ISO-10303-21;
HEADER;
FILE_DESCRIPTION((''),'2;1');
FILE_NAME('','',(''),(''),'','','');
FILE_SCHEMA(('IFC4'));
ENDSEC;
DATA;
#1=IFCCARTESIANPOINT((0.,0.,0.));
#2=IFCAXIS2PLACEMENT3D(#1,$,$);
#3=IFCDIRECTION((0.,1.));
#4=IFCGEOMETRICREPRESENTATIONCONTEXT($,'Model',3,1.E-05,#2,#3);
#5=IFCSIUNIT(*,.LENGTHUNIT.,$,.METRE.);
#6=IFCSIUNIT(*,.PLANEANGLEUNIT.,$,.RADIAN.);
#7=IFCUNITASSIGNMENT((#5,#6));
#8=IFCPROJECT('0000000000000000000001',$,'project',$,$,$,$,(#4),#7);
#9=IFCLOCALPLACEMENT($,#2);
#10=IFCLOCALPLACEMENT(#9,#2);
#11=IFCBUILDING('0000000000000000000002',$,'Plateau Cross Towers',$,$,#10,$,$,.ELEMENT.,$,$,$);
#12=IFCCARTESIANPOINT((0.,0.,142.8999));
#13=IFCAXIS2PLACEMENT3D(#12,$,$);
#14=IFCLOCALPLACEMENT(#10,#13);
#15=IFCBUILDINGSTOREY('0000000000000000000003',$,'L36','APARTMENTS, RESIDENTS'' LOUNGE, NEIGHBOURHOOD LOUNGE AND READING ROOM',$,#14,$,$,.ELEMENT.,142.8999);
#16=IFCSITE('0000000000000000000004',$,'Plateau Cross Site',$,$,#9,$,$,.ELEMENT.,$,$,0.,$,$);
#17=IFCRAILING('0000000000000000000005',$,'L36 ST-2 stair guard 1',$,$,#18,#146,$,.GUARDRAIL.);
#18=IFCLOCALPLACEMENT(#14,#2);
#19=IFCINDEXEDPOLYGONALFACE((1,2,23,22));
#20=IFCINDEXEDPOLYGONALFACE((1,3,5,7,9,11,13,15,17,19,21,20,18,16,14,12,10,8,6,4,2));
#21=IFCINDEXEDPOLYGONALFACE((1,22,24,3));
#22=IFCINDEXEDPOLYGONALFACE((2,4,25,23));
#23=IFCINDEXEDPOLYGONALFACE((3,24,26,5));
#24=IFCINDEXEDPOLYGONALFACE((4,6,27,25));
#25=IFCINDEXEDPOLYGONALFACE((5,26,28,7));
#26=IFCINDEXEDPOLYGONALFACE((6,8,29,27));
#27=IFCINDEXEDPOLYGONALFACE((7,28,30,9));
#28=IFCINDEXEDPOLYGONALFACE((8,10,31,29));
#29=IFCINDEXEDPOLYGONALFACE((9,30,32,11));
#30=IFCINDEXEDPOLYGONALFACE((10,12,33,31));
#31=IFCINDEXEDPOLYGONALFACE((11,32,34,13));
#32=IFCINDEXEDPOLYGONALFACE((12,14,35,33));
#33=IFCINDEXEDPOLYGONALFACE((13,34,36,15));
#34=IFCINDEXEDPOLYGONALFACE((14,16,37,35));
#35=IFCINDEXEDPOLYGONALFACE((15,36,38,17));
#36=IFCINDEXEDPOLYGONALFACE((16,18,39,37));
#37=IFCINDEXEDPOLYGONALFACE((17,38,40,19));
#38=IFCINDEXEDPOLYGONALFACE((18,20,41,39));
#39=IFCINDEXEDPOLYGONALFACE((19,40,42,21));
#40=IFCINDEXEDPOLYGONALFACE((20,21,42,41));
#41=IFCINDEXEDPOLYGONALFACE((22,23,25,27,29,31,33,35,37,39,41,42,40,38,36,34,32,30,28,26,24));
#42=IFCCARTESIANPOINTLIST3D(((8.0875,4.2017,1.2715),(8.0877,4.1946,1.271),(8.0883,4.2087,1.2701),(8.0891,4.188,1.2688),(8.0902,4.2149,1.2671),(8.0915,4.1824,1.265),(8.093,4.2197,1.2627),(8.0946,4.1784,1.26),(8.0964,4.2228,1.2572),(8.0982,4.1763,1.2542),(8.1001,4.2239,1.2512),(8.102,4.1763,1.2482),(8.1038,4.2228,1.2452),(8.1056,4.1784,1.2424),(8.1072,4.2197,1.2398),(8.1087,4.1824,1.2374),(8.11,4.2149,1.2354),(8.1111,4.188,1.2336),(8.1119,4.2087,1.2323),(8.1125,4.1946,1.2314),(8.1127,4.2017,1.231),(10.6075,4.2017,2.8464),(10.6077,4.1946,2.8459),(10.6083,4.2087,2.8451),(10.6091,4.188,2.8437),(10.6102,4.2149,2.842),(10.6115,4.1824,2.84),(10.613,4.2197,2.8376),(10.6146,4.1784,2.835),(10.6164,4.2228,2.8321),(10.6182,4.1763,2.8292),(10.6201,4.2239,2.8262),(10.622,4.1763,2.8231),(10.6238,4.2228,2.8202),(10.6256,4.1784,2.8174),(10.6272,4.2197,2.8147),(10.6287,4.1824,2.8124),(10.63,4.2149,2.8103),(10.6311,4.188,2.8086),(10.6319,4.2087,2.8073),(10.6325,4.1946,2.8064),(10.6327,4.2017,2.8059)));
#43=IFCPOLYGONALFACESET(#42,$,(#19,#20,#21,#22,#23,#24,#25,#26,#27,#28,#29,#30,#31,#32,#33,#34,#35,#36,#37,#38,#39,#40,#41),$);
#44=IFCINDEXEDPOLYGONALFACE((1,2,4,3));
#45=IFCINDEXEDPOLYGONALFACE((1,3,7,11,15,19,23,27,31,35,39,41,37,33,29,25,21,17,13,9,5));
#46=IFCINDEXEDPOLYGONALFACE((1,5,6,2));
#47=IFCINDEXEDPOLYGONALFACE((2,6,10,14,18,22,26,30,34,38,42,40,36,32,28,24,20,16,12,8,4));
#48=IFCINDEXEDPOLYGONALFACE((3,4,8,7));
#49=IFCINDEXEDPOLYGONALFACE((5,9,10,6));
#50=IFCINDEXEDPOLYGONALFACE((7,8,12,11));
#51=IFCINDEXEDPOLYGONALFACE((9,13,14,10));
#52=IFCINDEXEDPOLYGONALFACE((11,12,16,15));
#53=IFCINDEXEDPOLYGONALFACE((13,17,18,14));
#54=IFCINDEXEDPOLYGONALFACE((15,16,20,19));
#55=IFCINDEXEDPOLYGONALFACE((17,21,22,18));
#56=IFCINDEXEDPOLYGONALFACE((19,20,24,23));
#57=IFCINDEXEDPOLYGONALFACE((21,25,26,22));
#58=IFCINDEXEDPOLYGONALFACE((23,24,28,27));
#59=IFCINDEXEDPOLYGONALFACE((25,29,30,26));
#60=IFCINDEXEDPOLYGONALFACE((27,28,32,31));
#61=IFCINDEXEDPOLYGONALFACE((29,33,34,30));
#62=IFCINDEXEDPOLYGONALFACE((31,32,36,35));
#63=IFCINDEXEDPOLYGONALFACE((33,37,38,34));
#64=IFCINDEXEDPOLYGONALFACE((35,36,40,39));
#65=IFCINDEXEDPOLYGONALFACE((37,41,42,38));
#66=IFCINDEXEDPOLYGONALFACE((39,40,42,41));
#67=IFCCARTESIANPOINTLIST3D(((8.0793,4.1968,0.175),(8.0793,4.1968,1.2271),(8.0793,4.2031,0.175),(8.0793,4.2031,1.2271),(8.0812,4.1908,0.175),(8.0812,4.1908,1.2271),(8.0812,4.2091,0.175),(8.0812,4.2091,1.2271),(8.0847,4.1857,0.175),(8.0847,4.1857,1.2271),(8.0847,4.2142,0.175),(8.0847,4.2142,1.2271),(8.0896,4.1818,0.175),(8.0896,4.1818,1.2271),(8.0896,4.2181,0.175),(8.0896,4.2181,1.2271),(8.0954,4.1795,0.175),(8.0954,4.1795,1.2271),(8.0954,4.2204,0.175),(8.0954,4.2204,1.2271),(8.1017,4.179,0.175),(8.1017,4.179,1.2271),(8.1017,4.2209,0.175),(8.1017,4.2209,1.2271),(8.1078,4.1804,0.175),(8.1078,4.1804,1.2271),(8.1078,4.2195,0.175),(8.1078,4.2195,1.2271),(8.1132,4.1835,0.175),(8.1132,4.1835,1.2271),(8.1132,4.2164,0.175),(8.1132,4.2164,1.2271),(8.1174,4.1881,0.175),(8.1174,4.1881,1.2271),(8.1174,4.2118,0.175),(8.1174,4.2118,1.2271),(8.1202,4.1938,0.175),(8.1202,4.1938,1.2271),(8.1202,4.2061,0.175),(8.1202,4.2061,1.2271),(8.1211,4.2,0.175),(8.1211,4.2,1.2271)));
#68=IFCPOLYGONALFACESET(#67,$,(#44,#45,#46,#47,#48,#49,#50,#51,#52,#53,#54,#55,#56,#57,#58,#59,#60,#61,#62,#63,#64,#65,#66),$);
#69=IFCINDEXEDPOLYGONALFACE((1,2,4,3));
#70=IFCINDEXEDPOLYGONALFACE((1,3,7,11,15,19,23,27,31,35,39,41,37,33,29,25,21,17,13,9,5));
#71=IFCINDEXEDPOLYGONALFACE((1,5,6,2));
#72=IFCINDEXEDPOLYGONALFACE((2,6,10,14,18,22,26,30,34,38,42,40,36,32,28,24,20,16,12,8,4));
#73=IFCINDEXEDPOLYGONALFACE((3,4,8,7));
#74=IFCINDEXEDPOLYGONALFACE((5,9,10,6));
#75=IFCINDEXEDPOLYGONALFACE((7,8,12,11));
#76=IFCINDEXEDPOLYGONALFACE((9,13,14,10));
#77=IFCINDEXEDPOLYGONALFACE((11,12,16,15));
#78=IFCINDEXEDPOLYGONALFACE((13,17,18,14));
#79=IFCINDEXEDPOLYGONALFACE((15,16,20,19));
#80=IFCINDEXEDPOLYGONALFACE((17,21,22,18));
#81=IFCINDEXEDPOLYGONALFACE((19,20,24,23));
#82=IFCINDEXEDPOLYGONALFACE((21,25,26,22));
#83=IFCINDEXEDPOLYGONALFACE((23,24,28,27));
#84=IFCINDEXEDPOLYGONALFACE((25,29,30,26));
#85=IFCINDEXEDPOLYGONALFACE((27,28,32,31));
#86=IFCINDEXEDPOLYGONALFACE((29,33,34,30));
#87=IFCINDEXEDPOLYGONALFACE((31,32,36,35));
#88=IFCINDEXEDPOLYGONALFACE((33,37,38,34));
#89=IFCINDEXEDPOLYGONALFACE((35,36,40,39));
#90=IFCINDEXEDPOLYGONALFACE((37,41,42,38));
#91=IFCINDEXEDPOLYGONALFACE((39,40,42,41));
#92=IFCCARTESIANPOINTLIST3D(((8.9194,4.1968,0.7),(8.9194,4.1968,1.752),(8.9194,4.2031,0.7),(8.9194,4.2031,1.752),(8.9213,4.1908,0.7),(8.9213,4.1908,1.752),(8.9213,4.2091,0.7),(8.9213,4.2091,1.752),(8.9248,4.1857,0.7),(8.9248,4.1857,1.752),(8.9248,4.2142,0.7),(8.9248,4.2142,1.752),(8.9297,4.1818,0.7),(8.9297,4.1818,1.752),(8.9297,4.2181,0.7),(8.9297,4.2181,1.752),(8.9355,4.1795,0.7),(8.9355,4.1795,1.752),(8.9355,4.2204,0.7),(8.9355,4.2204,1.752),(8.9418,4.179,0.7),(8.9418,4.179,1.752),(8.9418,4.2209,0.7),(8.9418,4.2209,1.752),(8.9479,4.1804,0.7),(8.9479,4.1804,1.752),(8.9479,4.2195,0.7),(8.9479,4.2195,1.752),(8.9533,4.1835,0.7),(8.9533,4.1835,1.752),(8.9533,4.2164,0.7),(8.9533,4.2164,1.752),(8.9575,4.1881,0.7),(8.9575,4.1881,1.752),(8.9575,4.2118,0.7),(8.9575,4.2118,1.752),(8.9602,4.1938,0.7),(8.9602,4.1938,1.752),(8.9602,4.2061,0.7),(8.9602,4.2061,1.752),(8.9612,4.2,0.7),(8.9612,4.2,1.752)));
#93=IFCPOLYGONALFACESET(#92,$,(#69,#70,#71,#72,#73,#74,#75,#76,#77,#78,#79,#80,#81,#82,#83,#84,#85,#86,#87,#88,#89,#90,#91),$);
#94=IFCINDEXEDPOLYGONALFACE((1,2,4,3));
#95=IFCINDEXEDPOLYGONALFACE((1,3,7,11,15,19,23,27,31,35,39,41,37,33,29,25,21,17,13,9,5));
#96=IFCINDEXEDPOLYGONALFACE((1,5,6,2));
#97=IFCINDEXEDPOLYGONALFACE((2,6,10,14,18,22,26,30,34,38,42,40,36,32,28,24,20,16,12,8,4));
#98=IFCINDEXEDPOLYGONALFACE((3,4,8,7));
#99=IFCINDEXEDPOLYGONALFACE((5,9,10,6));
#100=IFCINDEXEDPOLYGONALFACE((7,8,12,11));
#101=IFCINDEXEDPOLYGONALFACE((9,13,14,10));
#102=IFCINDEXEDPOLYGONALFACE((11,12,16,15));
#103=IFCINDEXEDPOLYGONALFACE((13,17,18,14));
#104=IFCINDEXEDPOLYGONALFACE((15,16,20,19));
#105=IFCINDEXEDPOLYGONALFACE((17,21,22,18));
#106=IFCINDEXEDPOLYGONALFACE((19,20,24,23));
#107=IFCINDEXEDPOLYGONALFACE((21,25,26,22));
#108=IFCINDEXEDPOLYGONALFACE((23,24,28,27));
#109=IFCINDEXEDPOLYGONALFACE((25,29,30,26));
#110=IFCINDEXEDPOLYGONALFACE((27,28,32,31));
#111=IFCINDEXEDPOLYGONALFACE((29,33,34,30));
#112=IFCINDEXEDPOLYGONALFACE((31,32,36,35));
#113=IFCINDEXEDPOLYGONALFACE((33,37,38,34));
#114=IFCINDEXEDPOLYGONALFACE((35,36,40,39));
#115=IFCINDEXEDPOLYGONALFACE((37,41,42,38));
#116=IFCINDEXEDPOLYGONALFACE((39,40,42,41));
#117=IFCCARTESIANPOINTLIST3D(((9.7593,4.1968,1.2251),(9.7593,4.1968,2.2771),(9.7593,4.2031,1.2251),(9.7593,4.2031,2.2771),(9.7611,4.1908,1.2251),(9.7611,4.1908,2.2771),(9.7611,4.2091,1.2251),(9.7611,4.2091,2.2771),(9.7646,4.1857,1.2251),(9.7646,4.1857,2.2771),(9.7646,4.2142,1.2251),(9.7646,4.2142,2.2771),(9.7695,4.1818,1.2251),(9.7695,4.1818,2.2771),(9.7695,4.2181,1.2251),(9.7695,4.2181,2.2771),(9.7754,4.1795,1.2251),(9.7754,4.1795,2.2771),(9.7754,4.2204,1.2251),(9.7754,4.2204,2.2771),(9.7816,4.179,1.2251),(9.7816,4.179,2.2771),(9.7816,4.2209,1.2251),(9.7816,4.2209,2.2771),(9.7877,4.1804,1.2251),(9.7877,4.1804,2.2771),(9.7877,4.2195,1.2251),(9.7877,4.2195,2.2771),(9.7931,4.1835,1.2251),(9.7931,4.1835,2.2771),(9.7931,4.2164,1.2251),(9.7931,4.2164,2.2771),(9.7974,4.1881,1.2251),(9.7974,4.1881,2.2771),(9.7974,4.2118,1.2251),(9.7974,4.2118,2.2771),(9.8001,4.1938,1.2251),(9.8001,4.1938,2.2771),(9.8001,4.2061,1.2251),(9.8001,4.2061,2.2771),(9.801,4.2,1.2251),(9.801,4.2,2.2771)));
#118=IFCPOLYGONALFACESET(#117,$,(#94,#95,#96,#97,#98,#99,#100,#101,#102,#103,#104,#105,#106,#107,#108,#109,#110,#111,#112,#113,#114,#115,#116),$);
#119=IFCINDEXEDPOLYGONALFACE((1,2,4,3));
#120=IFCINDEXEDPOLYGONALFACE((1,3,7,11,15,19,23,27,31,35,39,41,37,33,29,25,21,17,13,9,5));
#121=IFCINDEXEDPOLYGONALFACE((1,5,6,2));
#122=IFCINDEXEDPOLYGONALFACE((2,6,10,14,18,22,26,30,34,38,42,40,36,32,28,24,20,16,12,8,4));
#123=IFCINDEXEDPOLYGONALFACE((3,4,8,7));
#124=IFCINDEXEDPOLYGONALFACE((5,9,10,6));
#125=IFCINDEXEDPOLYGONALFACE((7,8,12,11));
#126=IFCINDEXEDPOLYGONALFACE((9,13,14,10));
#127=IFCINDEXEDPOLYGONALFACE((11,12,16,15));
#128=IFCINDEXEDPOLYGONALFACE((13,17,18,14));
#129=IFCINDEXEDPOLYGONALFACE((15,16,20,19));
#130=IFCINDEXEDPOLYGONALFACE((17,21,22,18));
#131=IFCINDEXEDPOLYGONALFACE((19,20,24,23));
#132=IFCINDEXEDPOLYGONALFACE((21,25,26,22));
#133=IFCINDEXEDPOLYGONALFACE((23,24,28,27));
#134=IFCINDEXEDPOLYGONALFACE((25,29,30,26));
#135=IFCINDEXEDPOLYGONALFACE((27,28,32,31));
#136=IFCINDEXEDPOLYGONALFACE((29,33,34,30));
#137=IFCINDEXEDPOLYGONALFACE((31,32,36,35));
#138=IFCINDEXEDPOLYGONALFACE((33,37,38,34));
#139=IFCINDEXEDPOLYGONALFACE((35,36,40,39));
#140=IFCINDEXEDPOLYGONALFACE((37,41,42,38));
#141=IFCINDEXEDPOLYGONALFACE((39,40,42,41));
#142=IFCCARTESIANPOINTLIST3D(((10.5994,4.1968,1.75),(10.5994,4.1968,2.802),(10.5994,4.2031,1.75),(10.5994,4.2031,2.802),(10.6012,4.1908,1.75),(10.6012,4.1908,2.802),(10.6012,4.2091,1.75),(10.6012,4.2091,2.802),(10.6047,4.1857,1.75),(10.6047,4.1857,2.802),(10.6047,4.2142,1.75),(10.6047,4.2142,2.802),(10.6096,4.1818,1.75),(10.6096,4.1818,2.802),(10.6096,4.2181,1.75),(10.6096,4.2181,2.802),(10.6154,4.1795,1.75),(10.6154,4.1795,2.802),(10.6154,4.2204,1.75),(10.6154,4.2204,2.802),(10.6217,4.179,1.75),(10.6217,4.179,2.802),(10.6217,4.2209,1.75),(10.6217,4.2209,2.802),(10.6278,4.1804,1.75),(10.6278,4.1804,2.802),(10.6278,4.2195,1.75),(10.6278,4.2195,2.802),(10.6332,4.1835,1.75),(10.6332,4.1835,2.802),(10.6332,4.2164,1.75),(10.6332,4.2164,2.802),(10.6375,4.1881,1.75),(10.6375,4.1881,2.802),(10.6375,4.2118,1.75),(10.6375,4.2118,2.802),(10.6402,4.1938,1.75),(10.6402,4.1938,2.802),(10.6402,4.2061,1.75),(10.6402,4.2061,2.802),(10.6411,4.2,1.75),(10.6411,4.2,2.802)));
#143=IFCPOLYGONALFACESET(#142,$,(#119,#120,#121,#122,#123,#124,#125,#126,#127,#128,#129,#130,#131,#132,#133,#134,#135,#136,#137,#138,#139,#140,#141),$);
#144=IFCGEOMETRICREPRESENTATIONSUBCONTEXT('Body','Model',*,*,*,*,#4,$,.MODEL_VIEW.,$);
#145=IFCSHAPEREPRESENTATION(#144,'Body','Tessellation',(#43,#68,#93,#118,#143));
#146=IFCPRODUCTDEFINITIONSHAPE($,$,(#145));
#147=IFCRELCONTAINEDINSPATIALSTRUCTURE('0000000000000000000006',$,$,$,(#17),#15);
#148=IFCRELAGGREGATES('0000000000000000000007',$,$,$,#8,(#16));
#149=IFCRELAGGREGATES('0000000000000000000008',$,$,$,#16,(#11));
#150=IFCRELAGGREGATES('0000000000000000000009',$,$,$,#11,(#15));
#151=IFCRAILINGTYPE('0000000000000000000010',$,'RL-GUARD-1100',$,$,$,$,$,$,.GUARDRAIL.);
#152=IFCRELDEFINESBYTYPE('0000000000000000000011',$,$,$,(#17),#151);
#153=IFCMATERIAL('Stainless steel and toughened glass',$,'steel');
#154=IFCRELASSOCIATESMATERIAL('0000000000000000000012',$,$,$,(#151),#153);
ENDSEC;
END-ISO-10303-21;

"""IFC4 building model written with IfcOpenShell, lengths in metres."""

from ifc_helpers import new_model, si_unit, direction, frame, origin, origin_2d, place, context, subcontext, project, spatial, circle, extrude, material, type_object, element, save


model = new_model("IFC4")

# Units and contexts
model_context = context("Model", 3, precision=1e-05, world=origin(), true_north=direction((0.0, 1.0)))
body_context = subcontext(model_context, "Body", "Model", "MODEL_VIEW")
ifc_project = project(units=[si_unit("LENGTHUNIT", "METRE"), si_unit("PLANEANGLEUNIT", "RADIAN")], contexts=[model_context])

# Site, building, storey
site_placement = place(None, origin())
site = spatial("IfcSite", under=ifc_project, at=site_placement, Name="Plateau Cross Site", CompositionType="ELEMENT", RefElevation=0.0)
building_placement = place(site_placement, origin())
building = spatial("IfcBuilding", under=site, at=building_placement, Name="Plateau Cross Towers", CompositionType="ELEMENT")
storey_placement = place(building_placement, frame((0.0, 0.0, 142.8999)))
storey = spatial("IfcBuildingStorey", under=building, at=storey_placement, Name="L36", Description="APARTMENTS, RESIDENTS' LOUNGE, NEIGHBOURHOOD LOUNGE AND READING ROOM", CompositionType="ELEMENT", Elevation=142.8999)

# Railing
ifc_material_1 = material(Name="Stainless steel and toughened glass", Category="steel")
railing_type_1 = type_object("IfcRailingType", Name="RL-GUARD-1100", PredefinedType="GUARDRAIL", material=ifc_material_1)
railing_1_placement = place(storey_placement, frame((8.1001, 4.2, 0.175)))
element("IfcRailing", 1, at=railing_1_placement, inside=storey, type_object=railing_type_1, Name="L36 ST-2 stair guard 1", PredefinedType="GUARDRAIL", context=body_context, shape_type="SweptSolid", body=[
    extrude(circle(Radius=0.0239, at=origin_2d()), frame((0.0, 0.0, 1.0762), z_axis=(0.848008, 0.0, 0.529984), x_axis=(0.0, 1.0, 0.0)), (0.0, 0.0, 1.0), 2.9717),
    extrude(circle(Radius=0.021, at=origin_2d()), origin(), (0.0, 0.0, 1.0), 1.052),
    extrude(circle(Radius=0.021, at=origin_2d()), frame((0.8401, 0.0, 0.5249)), (0.0, 0.0, 1.0), 1.052),
    extrude(circle(Radius=0.021, at=origin_2d()), frame((1.6799, 0.0, 1.05)), (0.0, 0.0, 1.0), 1.052),
    extrude(circle(Radius=0.021, at=origin_2d()), frame((2.52, 0.0, 1.575)), (0.0, 0.0, 1.0), 1.052),
])

save(model, "model.ifc")
